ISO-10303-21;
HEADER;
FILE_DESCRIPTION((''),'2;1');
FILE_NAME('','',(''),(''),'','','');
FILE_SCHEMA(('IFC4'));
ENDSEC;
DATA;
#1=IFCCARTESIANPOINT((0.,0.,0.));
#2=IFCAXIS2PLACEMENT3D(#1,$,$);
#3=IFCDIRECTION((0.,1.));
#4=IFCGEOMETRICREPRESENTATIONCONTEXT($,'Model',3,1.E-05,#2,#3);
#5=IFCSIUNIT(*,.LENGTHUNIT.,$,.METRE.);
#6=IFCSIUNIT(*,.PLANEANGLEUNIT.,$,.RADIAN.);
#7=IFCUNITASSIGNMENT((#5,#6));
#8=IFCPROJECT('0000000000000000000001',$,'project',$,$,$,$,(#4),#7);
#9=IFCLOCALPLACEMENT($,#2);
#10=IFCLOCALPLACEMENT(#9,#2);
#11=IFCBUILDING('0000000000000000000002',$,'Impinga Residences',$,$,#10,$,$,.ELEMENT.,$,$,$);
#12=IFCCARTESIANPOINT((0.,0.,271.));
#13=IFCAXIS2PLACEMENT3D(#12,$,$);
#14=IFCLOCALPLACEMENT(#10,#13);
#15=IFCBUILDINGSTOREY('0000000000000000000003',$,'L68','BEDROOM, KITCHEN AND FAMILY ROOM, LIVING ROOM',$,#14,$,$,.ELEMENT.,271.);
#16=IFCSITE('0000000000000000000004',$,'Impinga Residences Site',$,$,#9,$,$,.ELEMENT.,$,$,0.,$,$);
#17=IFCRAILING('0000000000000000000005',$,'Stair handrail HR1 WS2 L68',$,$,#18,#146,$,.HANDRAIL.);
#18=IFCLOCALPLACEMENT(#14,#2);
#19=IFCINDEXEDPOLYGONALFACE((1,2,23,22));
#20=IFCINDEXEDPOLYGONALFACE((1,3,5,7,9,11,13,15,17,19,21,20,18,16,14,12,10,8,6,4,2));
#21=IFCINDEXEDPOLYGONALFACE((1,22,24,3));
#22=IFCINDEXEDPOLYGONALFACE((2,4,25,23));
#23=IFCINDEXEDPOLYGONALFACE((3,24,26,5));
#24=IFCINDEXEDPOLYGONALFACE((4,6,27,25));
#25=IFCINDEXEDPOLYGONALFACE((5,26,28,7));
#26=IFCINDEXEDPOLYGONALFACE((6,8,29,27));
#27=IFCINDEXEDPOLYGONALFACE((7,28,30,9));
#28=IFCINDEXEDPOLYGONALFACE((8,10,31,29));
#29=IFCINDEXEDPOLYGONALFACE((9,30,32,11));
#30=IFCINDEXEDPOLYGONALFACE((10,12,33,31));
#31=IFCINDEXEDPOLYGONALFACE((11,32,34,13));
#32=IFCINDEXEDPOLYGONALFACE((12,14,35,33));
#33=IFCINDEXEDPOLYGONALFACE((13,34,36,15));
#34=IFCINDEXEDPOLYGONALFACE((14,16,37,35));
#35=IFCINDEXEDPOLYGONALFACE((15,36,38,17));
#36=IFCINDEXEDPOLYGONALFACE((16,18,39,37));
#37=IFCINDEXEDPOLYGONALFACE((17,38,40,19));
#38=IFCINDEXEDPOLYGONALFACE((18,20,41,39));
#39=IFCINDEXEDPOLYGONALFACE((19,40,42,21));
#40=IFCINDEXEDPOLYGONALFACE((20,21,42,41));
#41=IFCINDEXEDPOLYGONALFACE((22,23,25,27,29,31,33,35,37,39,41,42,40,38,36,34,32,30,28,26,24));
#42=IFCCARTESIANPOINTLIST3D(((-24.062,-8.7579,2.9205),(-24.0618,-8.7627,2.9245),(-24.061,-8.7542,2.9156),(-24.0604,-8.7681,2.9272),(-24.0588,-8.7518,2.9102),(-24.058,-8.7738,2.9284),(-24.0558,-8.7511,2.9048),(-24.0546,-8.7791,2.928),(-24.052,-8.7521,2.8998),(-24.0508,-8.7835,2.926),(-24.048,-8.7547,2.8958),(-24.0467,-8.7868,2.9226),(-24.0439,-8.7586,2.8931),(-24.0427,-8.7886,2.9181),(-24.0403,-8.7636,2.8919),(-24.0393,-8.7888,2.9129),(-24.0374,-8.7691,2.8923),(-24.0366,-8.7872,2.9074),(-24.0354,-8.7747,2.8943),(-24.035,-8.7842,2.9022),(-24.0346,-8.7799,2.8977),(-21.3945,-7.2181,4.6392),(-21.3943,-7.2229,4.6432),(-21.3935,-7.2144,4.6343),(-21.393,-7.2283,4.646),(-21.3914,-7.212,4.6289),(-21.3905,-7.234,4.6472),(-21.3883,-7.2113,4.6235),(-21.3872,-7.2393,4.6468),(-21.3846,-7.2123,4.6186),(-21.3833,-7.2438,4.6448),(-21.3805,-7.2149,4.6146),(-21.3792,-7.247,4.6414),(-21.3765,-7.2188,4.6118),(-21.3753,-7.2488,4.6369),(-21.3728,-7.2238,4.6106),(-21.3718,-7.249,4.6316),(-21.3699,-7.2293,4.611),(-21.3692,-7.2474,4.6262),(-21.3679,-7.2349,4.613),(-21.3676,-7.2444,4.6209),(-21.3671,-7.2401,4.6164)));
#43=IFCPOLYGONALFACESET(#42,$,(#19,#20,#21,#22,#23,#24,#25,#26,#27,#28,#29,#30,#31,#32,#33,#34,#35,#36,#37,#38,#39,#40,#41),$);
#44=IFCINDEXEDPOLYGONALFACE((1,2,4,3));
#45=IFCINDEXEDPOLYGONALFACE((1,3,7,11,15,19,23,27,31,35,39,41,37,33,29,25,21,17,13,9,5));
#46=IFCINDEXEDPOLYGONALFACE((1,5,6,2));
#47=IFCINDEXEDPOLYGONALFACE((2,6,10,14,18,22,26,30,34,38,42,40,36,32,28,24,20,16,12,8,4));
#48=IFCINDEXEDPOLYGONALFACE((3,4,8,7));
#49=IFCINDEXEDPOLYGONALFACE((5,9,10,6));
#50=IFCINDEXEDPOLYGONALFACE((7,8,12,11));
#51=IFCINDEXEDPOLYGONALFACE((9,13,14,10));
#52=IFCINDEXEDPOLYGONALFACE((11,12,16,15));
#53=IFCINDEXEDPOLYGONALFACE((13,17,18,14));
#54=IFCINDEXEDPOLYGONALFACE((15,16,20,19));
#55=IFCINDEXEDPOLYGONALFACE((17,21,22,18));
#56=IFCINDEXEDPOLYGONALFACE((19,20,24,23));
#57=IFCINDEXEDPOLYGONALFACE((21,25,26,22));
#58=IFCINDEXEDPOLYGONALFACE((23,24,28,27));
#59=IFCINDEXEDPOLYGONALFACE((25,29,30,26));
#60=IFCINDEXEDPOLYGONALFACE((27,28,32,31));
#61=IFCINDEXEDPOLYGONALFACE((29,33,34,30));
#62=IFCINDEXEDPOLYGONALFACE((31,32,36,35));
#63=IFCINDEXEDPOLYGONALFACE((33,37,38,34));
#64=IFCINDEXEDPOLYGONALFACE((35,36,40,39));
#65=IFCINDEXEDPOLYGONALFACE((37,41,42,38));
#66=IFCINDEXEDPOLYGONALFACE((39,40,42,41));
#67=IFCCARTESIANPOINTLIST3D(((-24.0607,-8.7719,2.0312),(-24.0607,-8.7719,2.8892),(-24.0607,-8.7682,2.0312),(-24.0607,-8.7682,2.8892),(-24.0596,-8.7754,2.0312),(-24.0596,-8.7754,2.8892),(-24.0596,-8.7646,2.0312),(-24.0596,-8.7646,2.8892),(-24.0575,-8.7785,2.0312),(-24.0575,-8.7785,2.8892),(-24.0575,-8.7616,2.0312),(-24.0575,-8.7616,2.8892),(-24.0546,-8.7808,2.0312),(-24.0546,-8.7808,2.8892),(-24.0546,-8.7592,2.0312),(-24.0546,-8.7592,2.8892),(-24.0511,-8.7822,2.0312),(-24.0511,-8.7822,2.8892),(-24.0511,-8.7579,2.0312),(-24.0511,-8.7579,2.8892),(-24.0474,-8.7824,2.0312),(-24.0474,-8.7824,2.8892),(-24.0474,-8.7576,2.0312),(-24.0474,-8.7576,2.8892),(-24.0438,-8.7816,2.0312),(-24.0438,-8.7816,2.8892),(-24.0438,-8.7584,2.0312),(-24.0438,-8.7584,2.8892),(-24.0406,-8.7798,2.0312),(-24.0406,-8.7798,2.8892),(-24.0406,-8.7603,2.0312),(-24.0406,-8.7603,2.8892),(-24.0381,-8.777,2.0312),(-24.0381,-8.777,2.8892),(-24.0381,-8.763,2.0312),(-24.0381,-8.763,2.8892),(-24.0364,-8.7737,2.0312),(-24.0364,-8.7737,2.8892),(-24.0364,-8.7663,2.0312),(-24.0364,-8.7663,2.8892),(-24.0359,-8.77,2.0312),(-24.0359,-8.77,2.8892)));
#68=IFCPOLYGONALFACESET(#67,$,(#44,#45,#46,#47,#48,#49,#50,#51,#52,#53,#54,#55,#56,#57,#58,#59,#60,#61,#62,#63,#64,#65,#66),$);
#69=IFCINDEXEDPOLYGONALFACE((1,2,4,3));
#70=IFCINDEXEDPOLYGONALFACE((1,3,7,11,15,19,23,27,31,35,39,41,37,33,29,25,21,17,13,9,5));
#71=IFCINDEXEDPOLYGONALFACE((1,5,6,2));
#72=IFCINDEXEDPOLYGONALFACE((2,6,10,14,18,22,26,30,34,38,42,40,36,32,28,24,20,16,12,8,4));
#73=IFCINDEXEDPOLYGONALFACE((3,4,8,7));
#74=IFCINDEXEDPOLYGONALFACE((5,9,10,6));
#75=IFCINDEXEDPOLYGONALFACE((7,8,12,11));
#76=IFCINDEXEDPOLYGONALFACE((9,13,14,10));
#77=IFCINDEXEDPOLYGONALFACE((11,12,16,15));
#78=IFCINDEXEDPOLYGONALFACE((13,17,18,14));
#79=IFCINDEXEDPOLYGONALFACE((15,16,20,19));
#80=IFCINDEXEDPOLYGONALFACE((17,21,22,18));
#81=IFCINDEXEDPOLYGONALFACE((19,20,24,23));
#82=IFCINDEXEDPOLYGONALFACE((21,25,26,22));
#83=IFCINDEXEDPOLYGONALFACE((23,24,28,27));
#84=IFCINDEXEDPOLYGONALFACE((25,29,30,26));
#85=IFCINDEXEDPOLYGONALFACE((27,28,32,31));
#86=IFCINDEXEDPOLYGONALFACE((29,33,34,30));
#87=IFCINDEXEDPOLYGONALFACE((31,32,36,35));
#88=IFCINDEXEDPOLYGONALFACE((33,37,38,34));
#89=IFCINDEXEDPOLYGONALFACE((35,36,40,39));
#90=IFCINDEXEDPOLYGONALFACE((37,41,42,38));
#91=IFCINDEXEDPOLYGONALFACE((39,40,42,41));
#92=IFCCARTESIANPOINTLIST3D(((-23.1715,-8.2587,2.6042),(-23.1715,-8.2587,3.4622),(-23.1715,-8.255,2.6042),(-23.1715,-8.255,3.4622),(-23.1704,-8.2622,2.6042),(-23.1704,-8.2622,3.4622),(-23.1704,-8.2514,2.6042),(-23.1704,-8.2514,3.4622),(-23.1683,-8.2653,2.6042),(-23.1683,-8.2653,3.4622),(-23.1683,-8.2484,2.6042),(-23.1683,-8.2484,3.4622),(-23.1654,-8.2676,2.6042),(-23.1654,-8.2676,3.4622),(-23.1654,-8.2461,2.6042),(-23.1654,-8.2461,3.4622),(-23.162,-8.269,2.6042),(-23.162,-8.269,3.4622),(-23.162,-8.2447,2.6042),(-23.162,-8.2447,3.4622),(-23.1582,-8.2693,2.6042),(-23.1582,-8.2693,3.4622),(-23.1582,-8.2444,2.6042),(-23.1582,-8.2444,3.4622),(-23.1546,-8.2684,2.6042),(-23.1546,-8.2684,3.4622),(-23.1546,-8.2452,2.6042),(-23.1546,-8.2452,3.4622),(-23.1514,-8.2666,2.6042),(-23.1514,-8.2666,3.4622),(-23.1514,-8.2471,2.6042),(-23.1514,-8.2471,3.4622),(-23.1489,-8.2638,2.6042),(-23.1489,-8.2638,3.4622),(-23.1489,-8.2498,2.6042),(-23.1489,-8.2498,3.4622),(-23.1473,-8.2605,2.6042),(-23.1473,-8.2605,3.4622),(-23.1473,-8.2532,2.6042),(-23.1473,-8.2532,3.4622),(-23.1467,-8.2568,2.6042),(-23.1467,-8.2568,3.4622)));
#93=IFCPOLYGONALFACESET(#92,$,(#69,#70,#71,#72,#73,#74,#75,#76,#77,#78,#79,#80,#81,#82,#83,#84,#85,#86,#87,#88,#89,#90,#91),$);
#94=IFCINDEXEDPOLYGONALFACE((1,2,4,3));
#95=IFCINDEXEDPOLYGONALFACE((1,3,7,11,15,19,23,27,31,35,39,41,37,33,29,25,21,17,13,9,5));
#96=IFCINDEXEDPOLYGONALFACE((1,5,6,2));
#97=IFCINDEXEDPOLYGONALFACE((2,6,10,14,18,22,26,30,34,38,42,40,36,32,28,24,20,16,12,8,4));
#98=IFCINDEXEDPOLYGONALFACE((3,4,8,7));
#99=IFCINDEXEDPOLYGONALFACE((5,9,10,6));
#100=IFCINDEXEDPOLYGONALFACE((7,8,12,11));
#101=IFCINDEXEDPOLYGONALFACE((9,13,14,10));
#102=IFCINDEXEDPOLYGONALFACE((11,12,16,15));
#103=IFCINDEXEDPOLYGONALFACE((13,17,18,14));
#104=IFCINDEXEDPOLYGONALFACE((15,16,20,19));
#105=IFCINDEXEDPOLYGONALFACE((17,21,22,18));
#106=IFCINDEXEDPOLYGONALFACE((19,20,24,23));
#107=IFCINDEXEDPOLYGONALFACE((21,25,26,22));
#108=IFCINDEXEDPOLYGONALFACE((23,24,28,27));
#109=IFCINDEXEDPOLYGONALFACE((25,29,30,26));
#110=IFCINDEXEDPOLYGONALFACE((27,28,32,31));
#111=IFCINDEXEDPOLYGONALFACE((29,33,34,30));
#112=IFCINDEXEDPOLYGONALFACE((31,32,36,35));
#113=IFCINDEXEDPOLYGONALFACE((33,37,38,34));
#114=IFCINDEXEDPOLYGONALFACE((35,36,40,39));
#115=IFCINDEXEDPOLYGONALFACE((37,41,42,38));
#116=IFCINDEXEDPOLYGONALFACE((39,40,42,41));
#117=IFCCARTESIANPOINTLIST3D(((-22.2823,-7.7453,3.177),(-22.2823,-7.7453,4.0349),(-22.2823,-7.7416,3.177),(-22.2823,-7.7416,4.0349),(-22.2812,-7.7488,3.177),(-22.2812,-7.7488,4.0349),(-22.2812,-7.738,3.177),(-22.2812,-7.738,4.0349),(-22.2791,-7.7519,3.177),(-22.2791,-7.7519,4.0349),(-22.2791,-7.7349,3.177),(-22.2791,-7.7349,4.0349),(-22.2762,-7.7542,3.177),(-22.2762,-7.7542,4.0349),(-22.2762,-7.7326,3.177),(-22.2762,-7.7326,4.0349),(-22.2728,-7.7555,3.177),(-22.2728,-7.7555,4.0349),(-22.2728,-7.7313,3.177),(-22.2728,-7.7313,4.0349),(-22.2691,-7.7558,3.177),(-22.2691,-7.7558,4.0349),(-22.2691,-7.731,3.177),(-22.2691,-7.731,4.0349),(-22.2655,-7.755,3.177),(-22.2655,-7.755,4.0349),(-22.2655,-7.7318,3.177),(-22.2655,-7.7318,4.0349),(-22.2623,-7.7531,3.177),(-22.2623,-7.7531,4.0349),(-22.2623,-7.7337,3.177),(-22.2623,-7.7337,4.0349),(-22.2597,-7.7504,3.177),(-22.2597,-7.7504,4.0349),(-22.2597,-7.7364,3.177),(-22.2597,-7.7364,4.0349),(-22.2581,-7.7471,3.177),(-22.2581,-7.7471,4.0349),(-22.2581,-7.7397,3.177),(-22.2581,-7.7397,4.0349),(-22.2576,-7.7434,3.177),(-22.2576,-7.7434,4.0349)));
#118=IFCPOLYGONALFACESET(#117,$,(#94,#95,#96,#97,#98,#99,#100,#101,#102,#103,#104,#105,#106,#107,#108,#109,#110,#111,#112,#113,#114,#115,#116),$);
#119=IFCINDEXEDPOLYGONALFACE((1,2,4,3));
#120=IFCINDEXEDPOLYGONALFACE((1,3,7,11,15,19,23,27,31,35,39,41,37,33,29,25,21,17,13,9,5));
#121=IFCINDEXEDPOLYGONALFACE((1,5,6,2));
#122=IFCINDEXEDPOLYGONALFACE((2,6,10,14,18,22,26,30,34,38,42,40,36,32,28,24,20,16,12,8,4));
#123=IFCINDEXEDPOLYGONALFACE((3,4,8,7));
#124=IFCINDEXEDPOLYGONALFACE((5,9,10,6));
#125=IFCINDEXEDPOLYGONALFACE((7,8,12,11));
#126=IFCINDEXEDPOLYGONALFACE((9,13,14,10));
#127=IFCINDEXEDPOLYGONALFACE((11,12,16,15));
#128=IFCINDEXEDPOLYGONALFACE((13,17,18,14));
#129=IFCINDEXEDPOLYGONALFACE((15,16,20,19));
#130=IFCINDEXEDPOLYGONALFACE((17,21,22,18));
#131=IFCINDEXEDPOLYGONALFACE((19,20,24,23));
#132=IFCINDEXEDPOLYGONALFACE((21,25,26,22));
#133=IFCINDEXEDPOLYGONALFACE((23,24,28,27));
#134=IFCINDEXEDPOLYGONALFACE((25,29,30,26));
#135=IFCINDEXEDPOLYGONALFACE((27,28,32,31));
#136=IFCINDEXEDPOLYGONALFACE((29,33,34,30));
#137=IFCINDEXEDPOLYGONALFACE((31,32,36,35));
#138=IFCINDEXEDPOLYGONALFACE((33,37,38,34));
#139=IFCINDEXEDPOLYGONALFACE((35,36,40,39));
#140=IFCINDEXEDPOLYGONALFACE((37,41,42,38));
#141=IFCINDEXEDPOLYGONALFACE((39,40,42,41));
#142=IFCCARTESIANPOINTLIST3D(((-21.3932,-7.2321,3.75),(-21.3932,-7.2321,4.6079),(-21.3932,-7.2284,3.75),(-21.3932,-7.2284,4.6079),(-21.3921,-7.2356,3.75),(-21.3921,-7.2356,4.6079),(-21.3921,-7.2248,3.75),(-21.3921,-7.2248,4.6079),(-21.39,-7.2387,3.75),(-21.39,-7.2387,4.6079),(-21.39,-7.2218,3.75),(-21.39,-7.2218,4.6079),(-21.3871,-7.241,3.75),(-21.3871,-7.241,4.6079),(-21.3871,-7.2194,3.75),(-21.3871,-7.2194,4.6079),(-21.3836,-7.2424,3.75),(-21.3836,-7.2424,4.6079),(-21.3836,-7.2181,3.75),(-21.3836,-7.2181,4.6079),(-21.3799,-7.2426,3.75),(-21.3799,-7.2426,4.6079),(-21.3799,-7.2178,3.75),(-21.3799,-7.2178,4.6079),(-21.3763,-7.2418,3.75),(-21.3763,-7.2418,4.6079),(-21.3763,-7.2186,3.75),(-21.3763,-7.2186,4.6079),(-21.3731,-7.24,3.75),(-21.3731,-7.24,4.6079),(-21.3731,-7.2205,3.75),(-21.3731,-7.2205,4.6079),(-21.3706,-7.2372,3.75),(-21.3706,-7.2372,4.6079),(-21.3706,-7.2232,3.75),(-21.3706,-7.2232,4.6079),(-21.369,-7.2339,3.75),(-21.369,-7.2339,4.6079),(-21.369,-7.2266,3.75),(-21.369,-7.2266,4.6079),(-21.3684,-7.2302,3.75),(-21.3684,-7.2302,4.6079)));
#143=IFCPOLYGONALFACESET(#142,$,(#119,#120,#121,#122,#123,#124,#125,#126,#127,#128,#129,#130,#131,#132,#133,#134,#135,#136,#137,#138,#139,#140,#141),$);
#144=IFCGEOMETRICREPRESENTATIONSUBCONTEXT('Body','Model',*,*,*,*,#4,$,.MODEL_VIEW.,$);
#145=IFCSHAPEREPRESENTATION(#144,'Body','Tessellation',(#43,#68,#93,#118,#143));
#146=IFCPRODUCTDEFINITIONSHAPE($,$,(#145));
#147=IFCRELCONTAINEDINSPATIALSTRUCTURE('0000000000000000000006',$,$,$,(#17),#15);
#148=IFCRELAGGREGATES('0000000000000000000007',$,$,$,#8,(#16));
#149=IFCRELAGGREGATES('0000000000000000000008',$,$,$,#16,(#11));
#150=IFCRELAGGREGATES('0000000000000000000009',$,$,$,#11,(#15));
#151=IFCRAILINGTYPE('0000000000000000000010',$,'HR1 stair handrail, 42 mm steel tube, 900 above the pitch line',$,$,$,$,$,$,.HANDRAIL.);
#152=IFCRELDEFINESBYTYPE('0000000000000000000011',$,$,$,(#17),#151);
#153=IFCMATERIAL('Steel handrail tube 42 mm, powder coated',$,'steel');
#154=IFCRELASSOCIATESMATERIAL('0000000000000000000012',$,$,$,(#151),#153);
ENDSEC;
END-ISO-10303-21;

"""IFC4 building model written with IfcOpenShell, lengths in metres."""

from ifc_helpers import new_model, si_unit, direction, frame, origin, origin_2d, place, context, subcontext, project, spatial, circle, extrude, material, type_object, element, save


model = new_model("IFC4")

# Units and contexts
model_context = context("Model", 3, precision=1e-05, world=origin(), true_north=direction((0.0, 1.0)))
body_context = subcontext(model_context, "Body", "Model", "MODEL_VIEW")
ifc_project = project(units=[si_unit("LENGTHUNIT", "METRE"), si_unit("PLANEANGLEUNIT", "RADIAN")], contexts=[model_context])

# Site, building, storey
site_placement = place(None, origin())
site = spatial("IfcSite", under=ifc_project, at=site_placement, Name="Impinga Residences Site", CompositionType="ELEMENT", RefElevation=0.0)
building_placement = place(site_placement, origin())
building = spatial("IfcBuilding", under=site, at=building_placement, Name="Impinga Residences", CompositionType="ELEMENT")
storey_placement = place(building_placement, frame((0.0, 0.0, 271.0)))
storey = spatial("IfcBuildingStorey", under=building, at=storey_placement, Name="L68", Description="BEDROOM, KITCHEN AND FAMILY ROOM, LIVING ROOM", CompositionType="ELEMENT", Elevation=271.0)

# Railing
ifc_material_1 = material(Name="Steel handrail tube 42 mm, powder coated", Category="steel")
railing_type = type_object("IfcRailingType", Name="HR1 stair handrail, 42 mm steel tube, 900 above the pitch line", PredefinedType="HANDRAIL", material=ifc_material_1)
railing_placement = place(storey_placement, frame((-24.0483, -8.77, 2.0312)))
element("IfcRailing", 1, at=railing_placement, inside=storey, type_object=railing_type, Name="Stair handrail HR1 WS2 L68", PredefinedType="HANDRAIL", context=body_context, shape_type="SweptSolid", body=[
    extrude(circle(Radius=0.021, at=origin_2d()), frame((0.0, 0.0, 0.8789), z_axis=(0.756279, 0.43656, 0.487297), x_axis=(-0.499933, 0.866064, 0.0)), (0.0, 0.0, 1.0), 3.5271),
    extrude(circle(Radius=0.0125, at=origin_2d()), origin(), (0.0, 0.0, 1.0), 0.8579),
    extrude(circle(Radius=0.0125, at=origin_2d()), frame((0.8892, 0.5132, 0.573)), (0.0, 0.0, 1.0), 0.8579),
    extrude(circle(Radius=0.0125, at=origin_2d()), frame((1.7783, 1.0266, 1.1458)), (0.0, 0.0, 1.0), 0.8579),
    extrude(circle(Radius=0.0125, at=origin_2d()), frame((2.6675, 1.5398, 1.7188)), (0.0, 0.0, 1.0), 0.8579),
])

save(model, "model.ifc")
